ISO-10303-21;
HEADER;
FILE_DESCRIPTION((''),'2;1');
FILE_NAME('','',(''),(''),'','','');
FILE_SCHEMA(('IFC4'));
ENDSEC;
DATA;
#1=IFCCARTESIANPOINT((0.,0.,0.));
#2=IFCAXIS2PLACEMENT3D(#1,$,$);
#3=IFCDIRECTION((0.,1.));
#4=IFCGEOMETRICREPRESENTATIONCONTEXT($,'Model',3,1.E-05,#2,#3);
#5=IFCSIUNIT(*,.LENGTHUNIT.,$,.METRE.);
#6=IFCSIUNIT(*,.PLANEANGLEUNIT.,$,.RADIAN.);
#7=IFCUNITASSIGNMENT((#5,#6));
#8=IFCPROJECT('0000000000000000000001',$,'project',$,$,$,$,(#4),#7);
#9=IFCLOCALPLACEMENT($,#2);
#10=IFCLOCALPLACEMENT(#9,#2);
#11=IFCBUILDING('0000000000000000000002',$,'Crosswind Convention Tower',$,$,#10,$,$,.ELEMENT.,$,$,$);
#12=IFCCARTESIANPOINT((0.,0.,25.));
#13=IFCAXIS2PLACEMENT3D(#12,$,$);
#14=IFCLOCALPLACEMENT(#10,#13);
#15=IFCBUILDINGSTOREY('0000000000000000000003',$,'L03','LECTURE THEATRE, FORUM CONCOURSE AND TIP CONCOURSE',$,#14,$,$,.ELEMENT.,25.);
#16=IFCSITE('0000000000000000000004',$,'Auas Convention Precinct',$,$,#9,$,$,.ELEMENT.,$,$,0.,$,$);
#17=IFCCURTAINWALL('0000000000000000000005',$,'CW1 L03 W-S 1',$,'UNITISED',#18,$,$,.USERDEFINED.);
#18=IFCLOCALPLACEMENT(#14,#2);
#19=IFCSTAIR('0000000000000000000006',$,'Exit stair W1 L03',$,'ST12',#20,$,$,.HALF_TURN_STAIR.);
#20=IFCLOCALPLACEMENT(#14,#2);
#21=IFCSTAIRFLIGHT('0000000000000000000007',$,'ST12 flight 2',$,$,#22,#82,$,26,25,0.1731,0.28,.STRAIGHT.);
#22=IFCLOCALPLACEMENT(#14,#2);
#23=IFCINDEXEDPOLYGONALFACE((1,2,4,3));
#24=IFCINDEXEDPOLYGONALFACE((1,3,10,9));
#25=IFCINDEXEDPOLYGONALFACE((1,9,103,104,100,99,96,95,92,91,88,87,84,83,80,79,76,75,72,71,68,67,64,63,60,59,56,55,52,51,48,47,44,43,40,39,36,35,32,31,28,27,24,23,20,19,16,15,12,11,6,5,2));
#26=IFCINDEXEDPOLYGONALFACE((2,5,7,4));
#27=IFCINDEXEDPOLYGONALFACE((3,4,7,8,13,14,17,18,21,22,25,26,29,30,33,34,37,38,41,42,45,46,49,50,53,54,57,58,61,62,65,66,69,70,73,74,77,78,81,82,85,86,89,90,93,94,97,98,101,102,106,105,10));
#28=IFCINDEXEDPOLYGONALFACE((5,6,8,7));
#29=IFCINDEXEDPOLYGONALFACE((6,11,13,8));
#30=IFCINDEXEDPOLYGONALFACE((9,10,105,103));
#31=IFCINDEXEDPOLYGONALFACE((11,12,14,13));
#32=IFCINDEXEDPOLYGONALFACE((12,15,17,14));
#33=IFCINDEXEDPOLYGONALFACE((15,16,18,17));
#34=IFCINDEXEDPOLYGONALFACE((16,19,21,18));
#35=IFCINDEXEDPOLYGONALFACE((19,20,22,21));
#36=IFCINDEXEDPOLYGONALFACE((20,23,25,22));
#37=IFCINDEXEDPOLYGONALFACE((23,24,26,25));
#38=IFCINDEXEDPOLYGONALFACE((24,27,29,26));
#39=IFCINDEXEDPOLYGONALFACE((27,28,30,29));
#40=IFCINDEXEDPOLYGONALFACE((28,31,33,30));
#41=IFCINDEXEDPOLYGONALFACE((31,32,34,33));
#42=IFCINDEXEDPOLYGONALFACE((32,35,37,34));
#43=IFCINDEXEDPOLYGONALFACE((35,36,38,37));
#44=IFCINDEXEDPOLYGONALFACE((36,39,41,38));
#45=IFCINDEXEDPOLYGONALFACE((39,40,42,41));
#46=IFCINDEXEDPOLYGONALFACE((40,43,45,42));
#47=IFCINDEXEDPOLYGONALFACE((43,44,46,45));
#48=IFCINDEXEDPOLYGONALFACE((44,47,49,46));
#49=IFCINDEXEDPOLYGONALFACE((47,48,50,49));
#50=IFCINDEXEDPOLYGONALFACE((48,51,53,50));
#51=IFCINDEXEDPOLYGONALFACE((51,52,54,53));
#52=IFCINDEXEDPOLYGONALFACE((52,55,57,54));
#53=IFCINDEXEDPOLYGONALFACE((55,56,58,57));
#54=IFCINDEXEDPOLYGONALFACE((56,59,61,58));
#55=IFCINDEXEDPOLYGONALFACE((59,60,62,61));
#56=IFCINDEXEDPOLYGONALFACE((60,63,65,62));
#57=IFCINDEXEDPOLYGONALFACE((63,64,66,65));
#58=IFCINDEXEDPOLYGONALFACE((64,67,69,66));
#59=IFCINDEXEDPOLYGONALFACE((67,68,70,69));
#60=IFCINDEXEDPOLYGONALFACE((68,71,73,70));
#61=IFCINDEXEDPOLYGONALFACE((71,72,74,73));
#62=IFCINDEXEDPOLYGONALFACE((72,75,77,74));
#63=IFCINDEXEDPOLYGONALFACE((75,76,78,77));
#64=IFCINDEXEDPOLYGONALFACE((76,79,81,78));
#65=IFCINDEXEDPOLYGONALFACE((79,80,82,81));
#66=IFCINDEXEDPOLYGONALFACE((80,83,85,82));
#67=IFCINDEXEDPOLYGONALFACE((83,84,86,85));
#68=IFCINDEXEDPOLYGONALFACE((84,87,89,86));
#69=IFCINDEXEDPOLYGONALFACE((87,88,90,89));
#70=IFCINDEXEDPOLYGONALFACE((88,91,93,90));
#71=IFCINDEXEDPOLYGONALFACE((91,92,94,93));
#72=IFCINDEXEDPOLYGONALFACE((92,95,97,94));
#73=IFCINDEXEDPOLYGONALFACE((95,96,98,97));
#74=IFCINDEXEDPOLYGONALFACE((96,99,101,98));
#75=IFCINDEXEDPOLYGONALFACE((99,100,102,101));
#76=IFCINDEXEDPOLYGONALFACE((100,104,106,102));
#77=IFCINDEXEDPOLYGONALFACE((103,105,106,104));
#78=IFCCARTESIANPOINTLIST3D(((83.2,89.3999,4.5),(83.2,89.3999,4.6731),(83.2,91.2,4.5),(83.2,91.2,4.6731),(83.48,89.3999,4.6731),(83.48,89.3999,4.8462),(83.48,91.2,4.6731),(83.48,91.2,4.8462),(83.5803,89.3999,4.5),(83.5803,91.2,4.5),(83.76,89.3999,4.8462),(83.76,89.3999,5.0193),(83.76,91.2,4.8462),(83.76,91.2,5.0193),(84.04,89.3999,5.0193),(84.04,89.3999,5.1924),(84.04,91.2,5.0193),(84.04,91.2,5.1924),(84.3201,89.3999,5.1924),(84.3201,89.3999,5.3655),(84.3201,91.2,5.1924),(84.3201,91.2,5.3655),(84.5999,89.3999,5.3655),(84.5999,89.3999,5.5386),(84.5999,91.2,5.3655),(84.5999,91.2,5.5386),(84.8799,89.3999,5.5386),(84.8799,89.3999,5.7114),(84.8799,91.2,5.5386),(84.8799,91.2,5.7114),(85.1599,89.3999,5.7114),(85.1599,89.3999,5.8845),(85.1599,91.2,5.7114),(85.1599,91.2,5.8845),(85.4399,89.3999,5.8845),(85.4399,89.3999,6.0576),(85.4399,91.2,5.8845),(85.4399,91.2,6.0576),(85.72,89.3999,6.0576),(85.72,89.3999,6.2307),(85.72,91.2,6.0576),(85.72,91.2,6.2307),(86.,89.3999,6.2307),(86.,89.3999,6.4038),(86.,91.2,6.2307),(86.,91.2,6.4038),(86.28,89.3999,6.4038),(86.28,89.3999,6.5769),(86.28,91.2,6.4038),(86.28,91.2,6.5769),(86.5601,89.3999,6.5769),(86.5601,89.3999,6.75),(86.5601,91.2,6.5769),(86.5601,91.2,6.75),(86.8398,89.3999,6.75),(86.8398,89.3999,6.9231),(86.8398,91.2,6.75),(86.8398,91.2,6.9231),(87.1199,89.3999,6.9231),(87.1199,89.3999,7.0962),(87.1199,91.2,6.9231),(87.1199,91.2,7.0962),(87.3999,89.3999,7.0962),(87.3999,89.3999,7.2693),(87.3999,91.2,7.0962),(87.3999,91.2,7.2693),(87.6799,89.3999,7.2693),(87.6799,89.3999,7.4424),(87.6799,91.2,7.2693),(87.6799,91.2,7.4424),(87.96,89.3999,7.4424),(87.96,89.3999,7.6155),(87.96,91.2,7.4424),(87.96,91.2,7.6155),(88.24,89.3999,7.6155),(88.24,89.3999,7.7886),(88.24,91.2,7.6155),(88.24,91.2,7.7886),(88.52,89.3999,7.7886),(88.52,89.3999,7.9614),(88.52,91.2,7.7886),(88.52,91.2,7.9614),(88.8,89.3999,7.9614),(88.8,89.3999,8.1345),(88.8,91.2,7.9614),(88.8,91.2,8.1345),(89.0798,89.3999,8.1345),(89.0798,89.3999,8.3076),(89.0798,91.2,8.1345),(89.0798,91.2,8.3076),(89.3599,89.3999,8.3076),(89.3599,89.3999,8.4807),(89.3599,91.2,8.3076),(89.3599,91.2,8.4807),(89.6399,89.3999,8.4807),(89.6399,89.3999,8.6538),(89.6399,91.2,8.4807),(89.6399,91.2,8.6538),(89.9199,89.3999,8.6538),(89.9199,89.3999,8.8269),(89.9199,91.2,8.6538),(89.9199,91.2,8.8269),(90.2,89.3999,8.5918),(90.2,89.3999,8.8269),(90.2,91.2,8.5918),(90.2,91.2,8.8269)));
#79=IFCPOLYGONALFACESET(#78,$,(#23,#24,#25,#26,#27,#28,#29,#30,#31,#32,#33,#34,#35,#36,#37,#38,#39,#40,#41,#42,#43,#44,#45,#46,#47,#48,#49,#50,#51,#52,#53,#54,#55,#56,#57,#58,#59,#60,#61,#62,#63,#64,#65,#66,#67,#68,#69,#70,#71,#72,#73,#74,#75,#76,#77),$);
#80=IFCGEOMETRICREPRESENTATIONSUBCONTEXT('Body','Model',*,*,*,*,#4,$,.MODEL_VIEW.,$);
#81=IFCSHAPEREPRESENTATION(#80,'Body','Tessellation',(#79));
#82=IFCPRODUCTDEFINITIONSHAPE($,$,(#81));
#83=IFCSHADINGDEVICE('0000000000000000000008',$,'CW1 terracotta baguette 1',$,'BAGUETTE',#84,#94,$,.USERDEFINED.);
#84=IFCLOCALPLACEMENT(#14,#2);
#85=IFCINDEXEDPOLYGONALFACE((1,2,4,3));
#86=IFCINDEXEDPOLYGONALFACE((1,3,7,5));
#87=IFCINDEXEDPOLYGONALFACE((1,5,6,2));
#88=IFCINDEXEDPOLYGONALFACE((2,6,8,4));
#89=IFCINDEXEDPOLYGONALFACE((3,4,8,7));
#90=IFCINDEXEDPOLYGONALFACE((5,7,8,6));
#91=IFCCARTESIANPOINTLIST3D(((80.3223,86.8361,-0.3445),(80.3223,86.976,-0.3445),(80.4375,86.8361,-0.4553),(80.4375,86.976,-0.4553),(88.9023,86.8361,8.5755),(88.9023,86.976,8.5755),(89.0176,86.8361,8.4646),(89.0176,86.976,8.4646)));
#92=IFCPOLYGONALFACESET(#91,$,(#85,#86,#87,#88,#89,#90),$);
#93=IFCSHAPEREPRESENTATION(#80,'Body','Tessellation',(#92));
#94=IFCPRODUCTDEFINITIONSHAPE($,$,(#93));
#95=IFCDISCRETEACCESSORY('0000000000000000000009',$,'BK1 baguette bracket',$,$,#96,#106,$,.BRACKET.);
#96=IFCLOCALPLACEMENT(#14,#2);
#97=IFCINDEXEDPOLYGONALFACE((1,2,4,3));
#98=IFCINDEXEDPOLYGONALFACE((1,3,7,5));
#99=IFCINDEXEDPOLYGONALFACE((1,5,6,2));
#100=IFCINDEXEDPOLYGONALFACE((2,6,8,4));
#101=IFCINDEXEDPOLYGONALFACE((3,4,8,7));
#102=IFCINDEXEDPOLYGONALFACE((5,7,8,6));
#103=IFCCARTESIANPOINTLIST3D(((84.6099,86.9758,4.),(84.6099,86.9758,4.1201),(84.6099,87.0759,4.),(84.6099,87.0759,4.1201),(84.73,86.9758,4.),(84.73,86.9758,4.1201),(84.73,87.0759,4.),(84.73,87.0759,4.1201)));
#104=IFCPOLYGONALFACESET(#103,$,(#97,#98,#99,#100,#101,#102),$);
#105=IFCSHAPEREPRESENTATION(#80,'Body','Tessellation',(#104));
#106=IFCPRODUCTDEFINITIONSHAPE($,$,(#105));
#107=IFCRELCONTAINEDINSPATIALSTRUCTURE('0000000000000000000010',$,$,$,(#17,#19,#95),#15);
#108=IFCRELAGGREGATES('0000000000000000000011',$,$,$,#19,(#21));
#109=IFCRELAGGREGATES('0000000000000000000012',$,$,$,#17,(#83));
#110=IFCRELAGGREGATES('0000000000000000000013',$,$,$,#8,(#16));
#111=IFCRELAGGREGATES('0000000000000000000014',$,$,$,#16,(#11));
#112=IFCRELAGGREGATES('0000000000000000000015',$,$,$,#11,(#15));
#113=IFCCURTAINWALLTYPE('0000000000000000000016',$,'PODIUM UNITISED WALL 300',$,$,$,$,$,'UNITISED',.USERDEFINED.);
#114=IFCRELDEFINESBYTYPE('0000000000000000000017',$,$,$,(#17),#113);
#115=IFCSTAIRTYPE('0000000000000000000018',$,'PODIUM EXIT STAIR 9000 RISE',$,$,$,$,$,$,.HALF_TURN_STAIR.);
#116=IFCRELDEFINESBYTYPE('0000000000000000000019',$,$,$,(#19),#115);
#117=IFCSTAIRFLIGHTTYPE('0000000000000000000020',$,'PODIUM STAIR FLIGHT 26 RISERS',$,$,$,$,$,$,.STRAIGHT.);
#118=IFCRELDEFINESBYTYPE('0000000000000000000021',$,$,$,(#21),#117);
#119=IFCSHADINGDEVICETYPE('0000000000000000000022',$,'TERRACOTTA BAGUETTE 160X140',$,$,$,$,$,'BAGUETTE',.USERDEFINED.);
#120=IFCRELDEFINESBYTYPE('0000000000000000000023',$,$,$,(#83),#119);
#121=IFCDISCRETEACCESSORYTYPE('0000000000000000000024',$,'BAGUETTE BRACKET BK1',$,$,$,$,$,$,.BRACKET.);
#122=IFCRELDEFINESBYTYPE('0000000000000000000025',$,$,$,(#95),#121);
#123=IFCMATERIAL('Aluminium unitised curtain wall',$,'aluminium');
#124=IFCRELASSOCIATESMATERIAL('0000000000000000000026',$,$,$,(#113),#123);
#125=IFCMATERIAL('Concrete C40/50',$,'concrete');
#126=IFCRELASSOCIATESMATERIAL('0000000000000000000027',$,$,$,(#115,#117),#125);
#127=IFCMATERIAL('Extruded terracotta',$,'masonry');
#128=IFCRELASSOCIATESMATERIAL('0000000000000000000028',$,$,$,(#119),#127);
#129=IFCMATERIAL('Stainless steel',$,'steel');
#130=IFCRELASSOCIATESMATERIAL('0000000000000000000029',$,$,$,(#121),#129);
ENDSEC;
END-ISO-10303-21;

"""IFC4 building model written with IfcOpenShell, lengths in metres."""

from ifc_helpers import new_model, si_unit, direction, frame, origin, origin_2d, place, context, subcontext, project, spatial, polyline, rectangle, outline, extrude, material, material_profile, profile_set, type_object, element, aggregate, save


model = new_model("IFC4")

# Units and contexts
model_context = context("Model", 3, precision=1e-05, world=origin(), true_north=direction((0.0, 1.0)))
body_context = subcontext(model_context, "Body", "Model", "MODEL_VIEW")
ifc_project = project(units=[si_unit("LENGTHUNIT", "METRE"), si_unit("PLANEANGLEUNIT", "RADIAN")], contexts=[model_context])

# Site, building, storey
site_placement = place(None, origin())
site = spatial("IfcSite", under=ifc_project, at=site_placement, Name="Auas Convention Precinct", CompositionType="ELEMENT", RefElevation=0.0)
building_placement = place(site_placement, origin())
building = spatial("IfcBuilding", under=site, at=building_placement, Name="Crosswind Convention Tower", CompositionType="ELEMENT")
storey_placement = place(building_placement, frame((0.0, 0.0, 25.0)))
storey = spatial("IfcBuildingStorey", under=building, at=storey_placement, Name="L03", Description="LECTURE THEATRE, FORUM CONCOURSE AND TIP CONCOURSE", CompositionType="ELEMENT", Elevation=25.0)

# Shared definitions
ifc_material_1 = material(Name="Aluminium unitised curtain wall", Category="aluminium")

# Curtain wall
curtain_wall_type_1 = type_object("IfcCurtainWallType", Name="PODIUM UNITISED WALL 300", ElementType="UNITISED", PredefinedType="USERDEFINED", material=ifc_material_1)
curtain_wall_1_placement = place(storey_placement, origin())
curtain_wall_1 = element("IfcCurtainWall", 1, at=curtain_wall_1_placement, inside=storey, type_object=curtain_wall_type_1, Name="CW1 L03 W-S 1", ObjectType="UNITISED", PredefinedType="USERDEFINED")

# Stair
ifc_material_2 = material(Name="Concrete C40/50", Category="concrete")
stair_type = type_object("IfcStairType", Name="PODIUM EXIT STAIR 9000 RISE", PredefinedType="HALF_TURN_STAIR", material=ifc_material_2)
stair_1_placement = place(storey_placement, origin())
stair_1 = element("IfcStair", 2, at=stair_1_placement, inside=storey, type_object=stair_type, Name="Exit stair W1 L03", ObjectType="ST12", PredefinedType="HALF_TURN_STAIR")

# Stair flight
stair_flight_type = type_object("IfcStairFlightType", Name="PODIUM STAIR FLIGHT 26 RISERS", PredefinedType="STRAIGHT", material=ifc_material_2)
stair_flight_1_placement = place(storey_placement, frame((83.2, 90.3, 4.5), z_axis=(0.0, 0.0, 1.0), x_axis=(1.0, 0.0, 0.0)))
stair_flight_1 = element("IfcStairFlight", 3, at=stair_flight_1_placement, type_object=stair_flight_type, Name="ST12 flight 2", NumberOfRisers=26, NumberOfTreads=25, PredefinedType="STRAIGHT", RiserHeight=0.1731, TreadLength=0.28, context=body_context, shape_type="SweptSolid", body=[
    extrude(outline(polyline([(0.0, 0.0), (0.0, 0.1731), (0.28, 0.1731), (0.28, 0.3462), (0.5601, 0.3462), (0.5601, 0.5193), (0.8401, 0.5193), (0.8401, 0.6924), (1.1201, 0.6924), (1.1201, 0.8655), (1.3999, 0.8655), (1.3999, 1.0386), (1.6799, 1.0386), (1.6799, 1.2114), (1.96, 1.2114), (1.96, 1.3845), (2.24, 1.3845), (2.24, 1.5576), (2.52, 1.5576), (2.52, 1.7307), (2.8, 1.7307), (2.8, 1.9038), (3.0801, 1.9038), (3.0801, 2.0769), (3.3601, 2.0769), (3.3601, 2.25), (3.6399, 2.25), (3.6399, 2.4231), (3.9199, 2.4231), (3.9199, 2.5962), (4.2, 2.5962), (4.2, 2.7693), (4.48, 2.7693), (4.48, 2.9424), (4.76, 2.9424), (4.76, 3.1155), (5.04, 3.1155), (5.04, 3.2886), (5.3201, 3.2886), (5.3201, 3.4614), (5.6001, 3.4614), (5.6001, 3.6345), (5.8799, 3.6345), (5.8799, 3.8076), (6.1599, 3.8076), (6.1599, 3.9807), (6.4399, 3.9807), (6.4399, 4.1538), (6.72, 4.1538), (6.72, 4.3269), (7.0, 4.3269), (7.0, 4.5), (7.0, 4.0918), (0.3804, 0.0), (0.0, 0.0)])), frame((0.0, 0.8999, 0.0), z_axis=(0.0, -1.0, 0.0), x_axis=(1.0, 0.0, 0.0)), (0.0, 0.0, 1.0), 1.8),
])
aggregate(stair_1, [stair_flight_1])

# Shared definitions
ifc_material_3 = material(Name="Stainless steel", Category="steel")

# Shading device
ifc_material_4 = material(Name="Extruded terracotta", Category="masonry")
ifc_material_profile_1 = material_profile(ifc_material_4, rectangle(XDim=0.1399, YDim=0.1599, at=origin_2d()), Name="TC 140X160")
ifc_profile_set_1 = profile_set([ifc_material_profile_1], Name="Extruded terracotta")
shading_device_type = type_object("IfcShadingDeviceType", Name="TERRACOTTA BAGUETTE 160X140", ElementType="BAGUETTE", PredefinedType="USERDEFINED", material=ifc_profile_set_1)
shading_device_placement = place(storey_placement, frame((80.3799, 86.906, -0.3999), z_axis=(0.693244, 0.0, 0.720703), x_axis=(0.0, 1.0, 0.0)))
shading_device = element("IfcShadingDevice", 4, at=shading_device_placement, type_object=shading_device_type, Name="CW1 terracotta baguette 1", ObjectType="BAGUETTE", PredefinedType="USERDEFINED", context=body_context, shape_type="SweptSolid", body=[
    extrude(rectangle(XDim=0.1399, YDim=0.1599, at=origin_2d()), origin(), (0.0, 0.0, 1.0), 12.3767),
])
aggregate(curtain_wall_1, [shading_device])

# Discrete accessory
discrete_accessory_type = type_object("IfcDiscreteAccessoryType", Name="BAGUETTE BRACKET BK1", PredefinedType="BRACKET", material=ifc_material_3)
discrete_accessory_placement = place(storey_placement, frame((84.6699, 87.0259, 4.0), z_axis=(0.0, 0.0, 1.0), x_axis=(1.0, 0.0, 0.0)))
element("IfcDiscreteAccessory", 5, at=discrete_accessory_placement, inside=storey, type_object=discrete_accessory_type, Name="BK1 baguette bracket", PredefinedType="BRACKET", context=body_context, shape_type="SweptSolid", body=[
    extrude(rectangle(XDim=0.1201, YDim=0.1001, at=origin_2d()), origin(), (0.0, 0.0, 1.0), 0.1201),
])

save(model, "model.ifc")
